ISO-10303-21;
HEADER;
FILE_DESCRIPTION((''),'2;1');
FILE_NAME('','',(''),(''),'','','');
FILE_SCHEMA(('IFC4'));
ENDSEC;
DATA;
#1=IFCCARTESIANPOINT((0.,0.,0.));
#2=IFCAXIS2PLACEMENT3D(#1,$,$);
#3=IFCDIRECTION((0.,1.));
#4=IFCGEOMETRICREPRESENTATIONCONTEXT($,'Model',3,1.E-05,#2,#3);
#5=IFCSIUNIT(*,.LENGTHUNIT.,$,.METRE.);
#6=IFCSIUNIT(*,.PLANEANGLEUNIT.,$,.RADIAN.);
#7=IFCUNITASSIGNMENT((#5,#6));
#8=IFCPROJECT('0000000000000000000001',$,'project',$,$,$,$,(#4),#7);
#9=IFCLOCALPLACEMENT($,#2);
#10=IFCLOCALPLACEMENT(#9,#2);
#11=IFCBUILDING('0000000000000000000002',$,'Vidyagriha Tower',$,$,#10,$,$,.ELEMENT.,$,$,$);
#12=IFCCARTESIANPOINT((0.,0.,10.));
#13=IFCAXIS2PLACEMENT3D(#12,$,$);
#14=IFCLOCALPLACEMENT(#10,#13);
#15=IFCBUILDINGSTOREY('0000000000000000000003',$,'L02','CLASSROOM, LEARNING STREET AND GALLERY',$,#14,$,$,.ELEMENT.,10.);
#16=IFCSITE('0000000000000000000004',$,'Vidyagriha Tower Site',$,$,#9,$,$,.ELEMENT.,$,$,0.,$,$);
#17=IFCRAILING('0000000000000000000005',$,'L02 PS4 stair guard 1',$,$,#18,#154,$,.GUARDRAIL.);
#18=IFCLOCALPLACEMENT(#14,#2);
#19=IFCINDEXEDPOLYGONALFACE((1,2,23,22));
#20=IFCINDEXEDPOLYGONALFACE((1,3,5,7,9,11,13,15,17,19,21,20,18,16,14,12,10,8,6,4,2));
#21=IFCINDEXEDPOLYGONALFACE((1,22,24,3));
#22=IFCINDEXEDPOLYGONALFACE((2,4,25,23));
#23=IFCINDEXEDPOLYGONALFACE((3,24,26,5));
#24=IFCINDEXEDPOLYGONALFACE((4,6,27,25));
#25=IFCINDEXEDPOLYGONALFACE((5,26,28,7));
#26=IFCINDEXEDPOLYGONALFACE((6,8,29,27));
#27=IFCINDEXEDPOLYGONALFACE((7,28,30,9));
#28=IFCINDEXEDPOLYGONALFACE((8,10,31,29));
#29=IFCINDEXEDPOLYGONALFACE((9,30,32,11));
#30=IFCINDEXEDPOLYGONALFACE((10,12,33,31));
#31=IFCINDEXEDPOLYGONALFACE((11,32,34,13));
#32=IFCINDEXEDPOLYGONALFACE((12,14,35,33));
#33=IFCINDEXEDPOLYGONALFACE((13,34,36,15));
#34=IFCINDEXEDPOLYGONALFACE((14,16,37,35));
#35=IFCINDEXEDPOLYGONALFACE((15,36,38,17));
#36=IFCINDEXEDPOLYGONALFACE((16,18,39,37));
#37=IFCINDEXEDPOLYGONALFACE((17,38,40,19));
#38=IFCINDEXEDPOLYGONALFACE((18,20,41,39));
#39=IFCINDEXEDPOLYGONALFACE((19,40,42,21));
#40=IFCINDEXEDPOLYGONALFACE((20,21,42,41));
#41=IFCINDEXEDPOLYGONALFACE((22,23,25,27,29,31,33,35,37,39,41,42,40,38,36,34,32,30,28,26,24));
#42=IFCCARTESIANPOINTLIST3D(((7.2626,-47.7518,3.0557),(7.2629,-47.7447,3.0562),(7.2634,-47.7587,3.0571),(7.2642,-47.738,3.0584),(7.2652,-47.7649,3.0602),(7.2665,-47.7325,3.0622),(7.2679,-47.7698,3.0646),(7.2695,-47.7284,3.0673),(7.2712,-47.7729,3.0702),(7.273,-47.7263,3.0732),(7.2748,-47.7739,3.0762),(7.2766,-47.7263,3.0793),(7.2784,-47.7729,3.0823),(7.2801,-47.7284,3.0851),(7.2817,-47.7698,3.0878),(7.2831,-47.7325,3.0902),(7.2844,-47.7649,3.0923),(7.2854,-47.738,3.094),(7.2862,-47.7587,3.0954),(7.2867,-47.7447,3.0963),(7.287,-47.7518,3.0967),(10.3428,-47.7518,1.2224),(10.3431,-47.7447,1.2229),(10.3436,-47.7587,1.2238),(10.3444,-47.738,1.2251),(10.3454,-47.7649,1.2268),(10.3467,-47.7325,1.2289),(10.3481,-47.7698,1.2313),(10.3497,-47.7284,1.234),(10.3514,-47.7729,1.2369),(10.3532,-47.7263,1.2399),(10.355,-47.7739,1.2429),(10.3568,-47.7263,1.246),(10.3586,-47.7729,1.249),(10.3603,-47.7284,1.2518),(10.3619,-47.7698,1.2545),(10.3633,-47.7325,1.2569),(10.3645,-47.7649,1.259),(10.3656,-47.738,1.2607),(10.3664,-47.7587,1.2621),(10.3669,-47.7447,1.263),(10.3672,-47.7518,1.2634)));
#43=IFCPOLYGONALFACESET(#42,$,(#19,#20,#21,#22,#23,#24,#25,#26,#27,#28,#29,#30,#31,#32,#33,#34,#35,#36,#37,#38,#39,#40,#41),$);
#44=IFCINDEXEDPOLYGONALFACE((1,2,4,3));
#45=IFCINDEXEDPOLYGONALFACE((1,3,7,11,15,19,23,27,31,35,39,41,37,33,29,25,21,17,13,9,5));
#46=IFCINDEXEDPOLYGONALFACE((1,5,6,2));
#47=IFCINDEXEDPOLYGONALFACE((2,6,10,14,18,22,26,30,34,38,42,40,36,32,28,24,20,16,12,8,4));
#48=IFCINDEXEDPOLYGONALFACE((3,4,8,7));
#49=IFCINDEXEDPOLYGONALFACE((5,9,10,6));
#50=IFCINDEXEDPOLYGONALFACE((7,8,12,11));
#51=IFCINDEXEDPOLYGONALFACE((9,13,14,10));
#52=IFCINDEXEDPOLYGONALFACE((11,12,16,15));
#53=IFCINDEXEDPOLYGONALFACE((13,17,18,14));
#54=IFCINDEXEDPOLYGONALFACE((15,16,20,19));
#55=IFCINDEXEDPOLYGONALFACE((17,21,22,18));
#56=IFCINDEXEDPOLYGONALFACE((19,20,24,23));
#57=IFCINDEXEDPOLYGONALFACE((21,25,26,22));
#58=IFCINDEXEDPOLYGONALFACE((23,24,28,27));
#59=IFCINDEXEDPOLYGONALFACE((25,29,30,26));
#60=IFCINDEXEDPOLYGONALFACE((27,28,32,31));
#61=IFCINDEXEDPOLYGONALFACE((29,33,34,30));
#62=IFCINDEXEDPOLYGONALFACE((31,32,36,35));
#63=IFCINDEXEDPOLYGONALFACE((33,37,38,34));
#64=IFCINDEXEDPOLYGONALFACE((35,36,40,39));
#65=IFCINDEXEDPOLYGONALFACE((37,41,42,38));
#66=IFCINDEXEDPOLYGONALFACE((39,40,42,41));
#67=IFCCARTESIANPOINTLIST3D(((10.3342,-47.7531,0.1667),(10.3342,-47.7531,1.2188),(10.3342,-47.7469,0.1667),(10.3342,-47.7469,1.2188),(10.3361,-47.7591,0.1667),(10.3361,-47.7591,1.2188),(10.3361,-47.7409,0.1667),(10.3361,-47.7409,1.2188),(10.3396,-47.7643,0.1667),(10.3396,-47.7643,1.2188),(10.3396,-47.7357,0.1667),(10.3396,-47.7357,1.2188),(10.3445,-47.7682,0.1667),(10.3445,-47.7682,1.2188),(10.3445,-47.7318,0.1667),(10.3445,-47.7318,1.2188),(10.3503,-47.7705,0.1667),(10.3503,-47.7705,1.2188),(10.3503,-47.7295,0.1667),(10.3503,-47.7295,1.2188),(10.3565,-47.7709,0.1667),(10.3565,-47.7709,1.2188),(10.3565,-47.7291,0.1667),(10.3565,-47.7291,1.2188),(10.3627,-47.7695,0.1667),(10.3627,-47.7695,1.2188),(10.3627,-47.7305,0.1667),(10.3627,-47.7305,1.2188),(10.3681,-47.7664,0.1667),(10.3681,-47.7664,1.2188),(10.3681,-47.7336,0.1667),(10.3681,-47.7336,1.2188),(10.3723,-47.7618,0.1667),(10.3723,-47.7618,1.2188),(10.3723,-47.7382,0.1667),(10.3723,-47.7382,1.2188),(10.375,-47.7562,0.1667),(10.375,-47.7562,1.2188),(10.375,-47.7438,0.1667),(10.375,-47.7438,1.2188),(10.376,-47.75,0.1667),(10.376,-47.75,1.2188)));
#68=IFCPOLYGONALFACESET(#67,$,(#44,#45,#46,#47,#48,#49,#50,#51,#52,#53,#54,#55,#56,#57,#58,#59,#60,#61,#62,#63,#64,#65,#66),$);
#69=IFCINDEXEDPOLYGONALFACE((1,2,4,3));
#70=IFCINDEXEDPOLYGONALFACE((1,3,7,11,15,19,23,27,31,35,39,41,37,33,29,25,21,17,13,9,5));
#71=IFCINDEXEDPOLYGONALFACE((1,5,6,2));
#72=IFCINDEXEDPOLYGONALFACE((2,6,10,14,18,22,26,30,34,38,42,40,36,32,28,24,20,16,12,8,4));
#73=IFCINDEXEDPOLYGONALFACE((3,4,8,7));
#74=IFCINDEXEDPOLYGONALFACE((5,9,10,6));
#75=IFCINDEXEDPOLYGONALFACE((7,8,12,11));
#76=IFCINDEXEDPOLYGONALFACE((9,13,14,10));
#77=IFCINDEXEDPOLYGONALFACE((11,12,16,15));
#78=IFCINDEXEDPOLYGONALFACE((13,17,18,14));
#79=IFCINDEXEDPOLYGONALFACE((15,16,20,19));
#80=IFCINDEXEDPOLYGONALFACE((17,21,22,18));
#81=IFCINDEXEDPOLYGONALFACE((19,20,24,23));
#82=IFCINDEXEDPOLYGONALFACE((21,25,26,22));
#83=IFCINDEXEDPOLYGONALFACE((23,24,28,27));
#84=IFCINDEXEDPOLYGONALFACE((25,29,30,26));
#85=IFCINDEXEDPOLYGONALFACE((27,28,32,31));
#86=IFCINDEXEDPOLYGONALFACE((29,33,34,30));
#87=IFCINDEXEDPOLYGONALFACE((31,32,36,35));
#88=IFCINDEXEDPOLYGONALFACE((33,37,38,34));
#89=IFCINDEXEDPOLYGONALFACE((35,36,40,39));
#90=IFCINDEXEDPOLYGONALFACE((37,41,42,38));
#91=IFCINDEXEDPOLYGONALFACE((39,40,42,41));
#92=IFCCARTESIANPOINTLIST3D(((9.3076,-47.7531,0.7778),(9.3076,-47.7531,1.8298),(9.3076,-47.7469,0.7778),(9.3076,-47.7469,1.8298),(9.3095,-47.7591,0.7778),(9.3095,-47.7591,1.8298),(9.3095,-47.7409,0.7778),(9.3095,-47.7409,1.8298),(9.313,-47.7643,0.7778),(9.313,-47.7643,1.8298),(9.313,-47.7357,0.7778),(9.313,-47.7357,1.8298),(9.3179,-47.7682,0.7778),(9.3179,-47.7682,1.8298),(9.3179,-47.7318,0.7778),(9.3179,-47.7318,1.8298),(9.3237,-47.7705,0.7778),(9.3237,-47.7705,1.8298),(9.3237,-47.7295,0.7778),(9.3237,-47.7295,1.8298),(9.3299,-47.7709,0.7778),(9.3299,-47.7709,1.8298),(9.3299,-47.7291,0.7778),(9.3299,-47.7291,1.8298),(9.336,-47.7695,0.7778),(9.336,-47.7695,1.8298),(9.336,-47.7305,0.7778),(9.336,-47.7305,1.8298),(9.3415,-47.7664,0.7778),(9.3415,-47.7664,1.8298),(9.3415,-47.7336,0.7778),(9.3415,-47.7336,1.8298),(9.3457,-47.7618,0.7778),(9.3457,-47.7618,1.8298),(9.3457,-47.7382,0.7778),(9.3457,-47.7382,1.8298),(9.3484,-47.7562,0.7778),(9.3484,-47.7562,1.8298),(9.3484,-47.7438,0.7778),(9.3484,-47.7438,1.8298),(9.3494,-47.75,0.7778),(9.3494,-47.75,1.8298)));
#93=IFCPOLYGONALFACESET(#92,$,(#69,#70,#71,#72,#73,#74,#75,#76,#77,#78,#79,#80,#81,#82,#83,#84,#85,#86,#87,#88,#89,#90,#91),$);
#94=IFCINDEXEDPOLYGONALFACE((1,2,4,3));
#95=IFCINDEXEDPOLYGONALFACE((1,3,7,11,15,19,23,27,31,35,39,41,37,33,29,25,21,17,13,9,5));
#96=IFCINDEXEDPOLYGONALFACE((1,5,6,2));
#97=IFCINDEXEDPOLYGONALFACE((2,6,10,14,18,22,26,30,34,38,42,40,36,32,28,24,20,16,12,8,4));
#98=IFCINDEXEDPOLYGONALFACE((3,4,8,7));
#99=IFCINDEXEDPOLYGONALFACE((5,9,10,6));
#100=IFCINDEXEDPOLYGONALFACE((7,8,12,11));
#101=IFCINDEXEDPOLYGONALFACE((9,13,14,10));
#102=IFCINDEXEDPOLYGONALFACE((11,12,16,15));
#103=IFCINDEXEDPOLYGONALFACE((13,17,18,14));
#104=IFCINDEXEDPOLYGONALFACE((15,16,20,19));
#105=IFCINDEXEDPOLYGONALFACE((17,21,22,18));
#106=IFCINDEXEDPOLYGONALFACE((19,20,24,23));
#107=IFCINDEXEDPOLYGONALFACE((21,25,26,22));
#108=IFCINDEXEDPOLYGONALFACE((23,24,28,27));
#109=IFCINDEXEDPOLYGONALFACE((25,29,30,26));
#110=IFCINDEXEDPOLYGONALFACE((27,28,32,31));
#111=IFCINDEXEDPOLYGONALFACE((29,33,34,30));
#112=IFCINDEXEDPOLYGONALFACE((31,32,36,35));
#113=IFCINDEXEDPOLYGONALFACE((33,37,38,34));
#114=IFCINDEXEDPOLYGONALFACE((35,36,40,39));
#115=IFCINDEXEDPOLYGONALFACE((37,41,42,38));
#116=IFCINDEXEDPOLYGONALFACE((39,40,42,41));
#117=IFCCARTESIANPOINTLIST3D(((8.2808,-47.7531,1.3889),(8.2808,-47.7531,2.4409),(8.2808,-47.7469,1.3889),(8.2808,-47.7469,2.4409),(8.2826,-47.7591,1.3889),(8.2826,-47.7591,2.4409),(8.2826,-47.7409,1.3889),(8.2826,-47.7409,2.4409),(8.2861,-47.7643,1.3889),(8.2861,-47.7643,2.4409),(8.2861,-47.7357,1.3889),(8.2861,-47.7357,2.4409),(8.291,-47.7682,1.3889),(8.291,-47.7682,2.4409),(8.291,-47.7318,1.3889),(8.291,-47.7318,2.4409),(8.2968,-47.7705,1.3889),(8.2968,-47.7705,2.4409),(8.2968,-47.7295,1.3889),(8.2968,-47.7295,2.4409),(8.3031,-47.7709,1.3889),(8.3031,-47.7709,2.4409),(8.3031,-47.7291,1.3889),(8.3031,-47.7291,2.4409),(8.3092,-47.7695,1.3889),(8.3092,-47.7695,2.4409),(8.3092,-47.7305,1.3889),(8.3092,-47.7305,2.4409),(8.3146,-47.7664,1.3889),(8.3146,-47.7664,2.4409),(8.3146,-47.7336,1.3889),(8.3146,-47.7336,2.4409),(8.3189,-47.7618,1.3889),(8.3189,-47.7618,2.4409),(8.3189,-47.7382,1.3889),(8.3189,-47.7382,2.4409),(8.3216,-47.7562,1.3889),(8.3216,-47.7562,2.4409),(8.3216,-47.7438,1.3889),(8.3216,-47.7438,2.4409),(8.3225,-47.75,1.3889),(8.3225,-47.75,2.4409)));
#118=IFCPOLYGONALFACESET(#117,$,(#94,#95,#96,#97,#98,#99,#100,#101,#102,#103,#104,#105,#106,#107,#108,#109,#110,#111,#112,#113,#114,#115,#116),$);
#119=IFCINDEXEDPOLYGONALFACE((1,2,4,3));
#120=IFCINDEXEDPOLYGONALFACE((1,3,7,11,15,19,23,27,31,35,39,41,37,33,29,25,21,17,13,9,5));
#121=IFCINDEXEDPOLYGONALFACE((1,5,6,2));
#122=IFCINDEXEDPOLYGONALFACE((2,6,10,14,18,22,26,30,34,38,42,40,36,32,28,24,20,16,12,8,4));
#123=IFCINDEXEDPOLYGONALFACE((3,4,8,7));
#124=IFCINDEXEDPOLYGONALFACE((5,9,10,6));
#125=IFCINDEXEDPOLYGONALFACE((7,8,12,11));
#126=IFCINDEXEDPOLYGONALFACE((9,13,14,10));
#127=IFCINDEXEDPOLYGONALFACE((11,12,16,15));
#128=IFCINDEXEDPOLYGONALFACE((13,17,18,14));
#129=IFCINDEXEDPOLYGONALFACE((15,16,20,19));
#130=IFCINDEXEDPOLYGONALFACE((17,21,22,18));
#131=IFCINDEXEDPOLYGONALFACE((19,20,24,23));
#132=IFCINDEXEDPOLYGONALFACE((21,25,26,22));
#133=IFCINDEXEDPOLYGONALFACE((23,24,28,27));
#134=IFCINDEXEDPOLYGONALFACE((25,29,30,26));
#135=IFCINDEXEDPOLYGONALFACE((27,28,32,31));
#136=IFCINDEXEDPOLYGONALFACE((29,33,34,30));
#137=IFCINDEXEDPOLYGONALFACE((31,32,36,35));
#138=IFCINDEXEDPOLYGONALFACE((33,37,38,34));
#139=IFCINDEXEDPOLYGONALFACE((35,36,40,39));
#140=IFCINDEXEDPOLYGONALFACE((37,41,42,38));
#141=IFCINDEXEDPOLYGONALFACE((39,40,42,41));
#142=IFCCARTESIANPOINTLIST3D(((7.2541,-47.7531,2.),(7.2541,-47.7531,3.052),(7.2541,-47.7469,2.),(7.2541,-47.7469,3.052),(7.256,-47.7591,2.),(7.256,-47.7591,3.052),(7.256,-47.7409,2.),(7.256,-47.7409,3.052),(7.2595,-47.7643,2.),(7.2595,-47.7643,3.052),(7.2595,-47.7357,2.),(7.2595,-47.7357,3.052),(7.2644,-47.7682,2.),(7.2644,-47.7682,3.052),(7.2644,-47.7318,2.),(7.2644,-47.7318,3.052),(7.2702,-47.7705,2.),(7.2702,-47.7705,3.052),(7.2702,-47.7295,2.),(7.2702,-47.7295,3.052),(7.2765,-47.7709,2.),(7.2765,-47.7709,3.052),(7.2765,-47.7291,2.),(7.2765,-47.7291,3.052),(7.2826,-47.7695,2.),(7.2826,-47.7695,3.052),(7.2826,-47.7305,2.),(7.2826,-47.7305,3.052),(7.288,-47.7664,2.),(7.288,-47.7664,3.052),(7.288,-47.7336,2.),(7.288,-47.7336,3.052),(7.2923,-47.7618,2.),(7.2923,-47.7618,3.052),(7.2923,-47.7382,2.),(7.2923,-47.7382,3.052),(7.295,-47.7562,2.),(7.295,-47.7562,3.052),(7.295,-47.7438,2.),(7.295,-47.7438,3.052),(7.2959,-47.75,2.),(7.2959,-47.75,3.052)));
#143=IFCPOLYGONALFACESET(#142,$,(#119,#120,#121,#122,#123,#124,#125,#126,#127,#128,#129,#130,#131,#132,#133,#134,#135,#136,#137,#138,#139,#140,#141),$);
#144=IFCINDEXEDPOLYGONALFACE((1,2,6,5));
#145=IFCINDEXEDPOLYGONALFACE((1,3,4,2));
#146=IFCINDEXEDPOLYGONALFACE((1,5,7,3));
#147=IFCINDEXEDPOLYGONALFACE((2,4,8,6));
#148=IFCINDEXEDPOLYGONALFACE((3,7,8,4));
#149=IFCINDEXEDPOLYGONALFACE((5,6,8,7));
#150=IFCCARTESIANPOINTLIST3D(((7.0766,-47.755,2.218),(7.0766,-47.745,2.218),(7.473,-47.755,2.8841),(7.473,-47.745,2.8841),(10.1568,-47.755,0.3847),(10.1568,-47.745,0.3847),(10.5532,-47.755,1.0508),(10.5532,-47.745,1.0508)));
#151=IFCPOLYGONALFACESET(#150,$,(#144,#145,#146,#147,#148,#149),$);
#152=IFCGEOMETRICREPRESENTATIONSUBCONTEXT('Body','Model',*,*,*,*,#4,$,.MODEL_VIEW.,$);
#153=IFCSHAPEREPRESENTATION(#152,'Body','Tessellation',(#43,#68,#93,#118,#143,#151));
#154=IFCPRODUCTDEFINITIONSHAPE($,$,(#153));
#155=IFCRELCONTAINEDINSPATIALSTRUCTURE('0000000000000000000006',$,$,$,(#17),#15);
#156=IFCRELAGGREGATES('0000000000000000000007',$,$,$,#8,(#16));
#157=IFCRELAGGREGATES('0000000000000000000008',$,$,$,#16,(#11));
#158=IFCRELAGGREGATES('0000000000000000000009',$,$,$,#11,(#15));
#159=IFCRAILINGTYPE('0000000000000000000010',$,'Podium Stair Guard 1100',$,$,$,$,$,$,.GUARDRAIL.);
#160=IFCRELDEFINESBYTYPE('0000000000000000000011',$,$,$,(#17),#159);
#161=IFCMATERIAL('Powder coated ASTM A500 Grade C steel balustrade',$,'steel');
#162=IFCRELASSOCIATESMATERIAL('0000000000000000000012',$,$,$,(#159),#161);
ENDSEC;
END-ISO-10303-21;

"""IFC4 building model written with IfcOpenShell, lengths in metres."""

from ifc_helpers import new_model, si_unit, direction, frame, origin, origin_2d, place, context, subcontext, project, spatial, rectangle, circle, extrude, material, type_object, element, save


model = new_model("IFC4")

# Units and contexts
model_context = context("Model", 3, precision=1e-05, world=origin(), true_north=direction((0.0, 1.0)))
body_context = subcontext(model_context, "Body", "Model", "MODEL_VIEW")
ifc_project = project(units=[si_unit("LENGTHUNIT", "METRE"), si_unit("PLANEANGLEUNIT", "RADIAN")], contexts=[model_context])

# Site, building, storey
site_placement = place(None, origin())
site = spatial("IfcSite", under=ifc_project, at=site_placement, Name="Vidyagriha Tower Site", CompositionType="ELEMENT", RefElevation=0.0)
building_placement = place(site_placement, origin())
building = spatial("IfcBuilding", under=site, at=building_placement, Name="Vidyagriha Tower", CompositionType="ELEMENT")
storey_placement = place(building_placement, frame((0.0, 0.0, 10.0)))
storey = spatial("IfcBuildingStorey", under=building, at=storey_placement, Name="L02", Description="CLASSROOM, LEARNING STREET AND GALLERY", CompositionType="ELEMENT", Elevation=10.0)

# Railing
ifc_material_1 = material(Name="Powder coated ASTM A500 Grade C steel balustrade", Category="steel")
railing_type_1 = type_object("IfcRailingType", Name="Podium Stair Guard 1100", PredefinedType="GUARDRAIL", material=ifc_material_1)
railing_1_placement = place(storey_placement, frame((10.355, -47.75, 0.1667)))
element("IfcRailing", 1, at=railing_1_placement, inside=storey, type_object=railing_type_1, Name="L02 PS4 stair guard 1", PredefinedType="GUARDRAIL", context=body_context, shape_type="SweptSolid", body=[
    extrude(circle(Radius=0.0239, at=origin_2d()), frame((0.0, 0.0, 1.0762), z_axis=(-0.859309, 0.0, 0.511458), x_axis=(0.0, -1.0, 0.0)), (0.0, 0.0, 1.0), 3.5845),
    extrude(circle(Radius=0.021, at=origin_2d()), origin(), (0.0, 0.0, 1.0), 1.052),
    extrude(circle(Radius=0.021, at=origin_2d()), frame((-1.0266, 0.0, 0.6111)), (0.0, 0.0, 1.0), 1.052),
    extrude(circle(Radius=0.021, at=origin_2d()), frame((-2.0535, 0.0, 1.2222)), (0.0, 0.0, 1.0), 1.052),
    extrude(circle(Radius=0.021, at=origin_2d()), frame((-3.0801, 0.0, 1.8333)), (0.0, 0.0, 1.0), 1.052),
    extrude(rectangle(XDim=0.01, YDim=0.7751, at=origin_2d()), frame((0.0, 0.0, 0.551), z_axis=(-0.859309, 0.0, 0.511458), x_axis=(0.0, -1.0, 0.0)), (0.0, 0.0, 1.0), 3.5845),
])

save(model, "model.ifc")
